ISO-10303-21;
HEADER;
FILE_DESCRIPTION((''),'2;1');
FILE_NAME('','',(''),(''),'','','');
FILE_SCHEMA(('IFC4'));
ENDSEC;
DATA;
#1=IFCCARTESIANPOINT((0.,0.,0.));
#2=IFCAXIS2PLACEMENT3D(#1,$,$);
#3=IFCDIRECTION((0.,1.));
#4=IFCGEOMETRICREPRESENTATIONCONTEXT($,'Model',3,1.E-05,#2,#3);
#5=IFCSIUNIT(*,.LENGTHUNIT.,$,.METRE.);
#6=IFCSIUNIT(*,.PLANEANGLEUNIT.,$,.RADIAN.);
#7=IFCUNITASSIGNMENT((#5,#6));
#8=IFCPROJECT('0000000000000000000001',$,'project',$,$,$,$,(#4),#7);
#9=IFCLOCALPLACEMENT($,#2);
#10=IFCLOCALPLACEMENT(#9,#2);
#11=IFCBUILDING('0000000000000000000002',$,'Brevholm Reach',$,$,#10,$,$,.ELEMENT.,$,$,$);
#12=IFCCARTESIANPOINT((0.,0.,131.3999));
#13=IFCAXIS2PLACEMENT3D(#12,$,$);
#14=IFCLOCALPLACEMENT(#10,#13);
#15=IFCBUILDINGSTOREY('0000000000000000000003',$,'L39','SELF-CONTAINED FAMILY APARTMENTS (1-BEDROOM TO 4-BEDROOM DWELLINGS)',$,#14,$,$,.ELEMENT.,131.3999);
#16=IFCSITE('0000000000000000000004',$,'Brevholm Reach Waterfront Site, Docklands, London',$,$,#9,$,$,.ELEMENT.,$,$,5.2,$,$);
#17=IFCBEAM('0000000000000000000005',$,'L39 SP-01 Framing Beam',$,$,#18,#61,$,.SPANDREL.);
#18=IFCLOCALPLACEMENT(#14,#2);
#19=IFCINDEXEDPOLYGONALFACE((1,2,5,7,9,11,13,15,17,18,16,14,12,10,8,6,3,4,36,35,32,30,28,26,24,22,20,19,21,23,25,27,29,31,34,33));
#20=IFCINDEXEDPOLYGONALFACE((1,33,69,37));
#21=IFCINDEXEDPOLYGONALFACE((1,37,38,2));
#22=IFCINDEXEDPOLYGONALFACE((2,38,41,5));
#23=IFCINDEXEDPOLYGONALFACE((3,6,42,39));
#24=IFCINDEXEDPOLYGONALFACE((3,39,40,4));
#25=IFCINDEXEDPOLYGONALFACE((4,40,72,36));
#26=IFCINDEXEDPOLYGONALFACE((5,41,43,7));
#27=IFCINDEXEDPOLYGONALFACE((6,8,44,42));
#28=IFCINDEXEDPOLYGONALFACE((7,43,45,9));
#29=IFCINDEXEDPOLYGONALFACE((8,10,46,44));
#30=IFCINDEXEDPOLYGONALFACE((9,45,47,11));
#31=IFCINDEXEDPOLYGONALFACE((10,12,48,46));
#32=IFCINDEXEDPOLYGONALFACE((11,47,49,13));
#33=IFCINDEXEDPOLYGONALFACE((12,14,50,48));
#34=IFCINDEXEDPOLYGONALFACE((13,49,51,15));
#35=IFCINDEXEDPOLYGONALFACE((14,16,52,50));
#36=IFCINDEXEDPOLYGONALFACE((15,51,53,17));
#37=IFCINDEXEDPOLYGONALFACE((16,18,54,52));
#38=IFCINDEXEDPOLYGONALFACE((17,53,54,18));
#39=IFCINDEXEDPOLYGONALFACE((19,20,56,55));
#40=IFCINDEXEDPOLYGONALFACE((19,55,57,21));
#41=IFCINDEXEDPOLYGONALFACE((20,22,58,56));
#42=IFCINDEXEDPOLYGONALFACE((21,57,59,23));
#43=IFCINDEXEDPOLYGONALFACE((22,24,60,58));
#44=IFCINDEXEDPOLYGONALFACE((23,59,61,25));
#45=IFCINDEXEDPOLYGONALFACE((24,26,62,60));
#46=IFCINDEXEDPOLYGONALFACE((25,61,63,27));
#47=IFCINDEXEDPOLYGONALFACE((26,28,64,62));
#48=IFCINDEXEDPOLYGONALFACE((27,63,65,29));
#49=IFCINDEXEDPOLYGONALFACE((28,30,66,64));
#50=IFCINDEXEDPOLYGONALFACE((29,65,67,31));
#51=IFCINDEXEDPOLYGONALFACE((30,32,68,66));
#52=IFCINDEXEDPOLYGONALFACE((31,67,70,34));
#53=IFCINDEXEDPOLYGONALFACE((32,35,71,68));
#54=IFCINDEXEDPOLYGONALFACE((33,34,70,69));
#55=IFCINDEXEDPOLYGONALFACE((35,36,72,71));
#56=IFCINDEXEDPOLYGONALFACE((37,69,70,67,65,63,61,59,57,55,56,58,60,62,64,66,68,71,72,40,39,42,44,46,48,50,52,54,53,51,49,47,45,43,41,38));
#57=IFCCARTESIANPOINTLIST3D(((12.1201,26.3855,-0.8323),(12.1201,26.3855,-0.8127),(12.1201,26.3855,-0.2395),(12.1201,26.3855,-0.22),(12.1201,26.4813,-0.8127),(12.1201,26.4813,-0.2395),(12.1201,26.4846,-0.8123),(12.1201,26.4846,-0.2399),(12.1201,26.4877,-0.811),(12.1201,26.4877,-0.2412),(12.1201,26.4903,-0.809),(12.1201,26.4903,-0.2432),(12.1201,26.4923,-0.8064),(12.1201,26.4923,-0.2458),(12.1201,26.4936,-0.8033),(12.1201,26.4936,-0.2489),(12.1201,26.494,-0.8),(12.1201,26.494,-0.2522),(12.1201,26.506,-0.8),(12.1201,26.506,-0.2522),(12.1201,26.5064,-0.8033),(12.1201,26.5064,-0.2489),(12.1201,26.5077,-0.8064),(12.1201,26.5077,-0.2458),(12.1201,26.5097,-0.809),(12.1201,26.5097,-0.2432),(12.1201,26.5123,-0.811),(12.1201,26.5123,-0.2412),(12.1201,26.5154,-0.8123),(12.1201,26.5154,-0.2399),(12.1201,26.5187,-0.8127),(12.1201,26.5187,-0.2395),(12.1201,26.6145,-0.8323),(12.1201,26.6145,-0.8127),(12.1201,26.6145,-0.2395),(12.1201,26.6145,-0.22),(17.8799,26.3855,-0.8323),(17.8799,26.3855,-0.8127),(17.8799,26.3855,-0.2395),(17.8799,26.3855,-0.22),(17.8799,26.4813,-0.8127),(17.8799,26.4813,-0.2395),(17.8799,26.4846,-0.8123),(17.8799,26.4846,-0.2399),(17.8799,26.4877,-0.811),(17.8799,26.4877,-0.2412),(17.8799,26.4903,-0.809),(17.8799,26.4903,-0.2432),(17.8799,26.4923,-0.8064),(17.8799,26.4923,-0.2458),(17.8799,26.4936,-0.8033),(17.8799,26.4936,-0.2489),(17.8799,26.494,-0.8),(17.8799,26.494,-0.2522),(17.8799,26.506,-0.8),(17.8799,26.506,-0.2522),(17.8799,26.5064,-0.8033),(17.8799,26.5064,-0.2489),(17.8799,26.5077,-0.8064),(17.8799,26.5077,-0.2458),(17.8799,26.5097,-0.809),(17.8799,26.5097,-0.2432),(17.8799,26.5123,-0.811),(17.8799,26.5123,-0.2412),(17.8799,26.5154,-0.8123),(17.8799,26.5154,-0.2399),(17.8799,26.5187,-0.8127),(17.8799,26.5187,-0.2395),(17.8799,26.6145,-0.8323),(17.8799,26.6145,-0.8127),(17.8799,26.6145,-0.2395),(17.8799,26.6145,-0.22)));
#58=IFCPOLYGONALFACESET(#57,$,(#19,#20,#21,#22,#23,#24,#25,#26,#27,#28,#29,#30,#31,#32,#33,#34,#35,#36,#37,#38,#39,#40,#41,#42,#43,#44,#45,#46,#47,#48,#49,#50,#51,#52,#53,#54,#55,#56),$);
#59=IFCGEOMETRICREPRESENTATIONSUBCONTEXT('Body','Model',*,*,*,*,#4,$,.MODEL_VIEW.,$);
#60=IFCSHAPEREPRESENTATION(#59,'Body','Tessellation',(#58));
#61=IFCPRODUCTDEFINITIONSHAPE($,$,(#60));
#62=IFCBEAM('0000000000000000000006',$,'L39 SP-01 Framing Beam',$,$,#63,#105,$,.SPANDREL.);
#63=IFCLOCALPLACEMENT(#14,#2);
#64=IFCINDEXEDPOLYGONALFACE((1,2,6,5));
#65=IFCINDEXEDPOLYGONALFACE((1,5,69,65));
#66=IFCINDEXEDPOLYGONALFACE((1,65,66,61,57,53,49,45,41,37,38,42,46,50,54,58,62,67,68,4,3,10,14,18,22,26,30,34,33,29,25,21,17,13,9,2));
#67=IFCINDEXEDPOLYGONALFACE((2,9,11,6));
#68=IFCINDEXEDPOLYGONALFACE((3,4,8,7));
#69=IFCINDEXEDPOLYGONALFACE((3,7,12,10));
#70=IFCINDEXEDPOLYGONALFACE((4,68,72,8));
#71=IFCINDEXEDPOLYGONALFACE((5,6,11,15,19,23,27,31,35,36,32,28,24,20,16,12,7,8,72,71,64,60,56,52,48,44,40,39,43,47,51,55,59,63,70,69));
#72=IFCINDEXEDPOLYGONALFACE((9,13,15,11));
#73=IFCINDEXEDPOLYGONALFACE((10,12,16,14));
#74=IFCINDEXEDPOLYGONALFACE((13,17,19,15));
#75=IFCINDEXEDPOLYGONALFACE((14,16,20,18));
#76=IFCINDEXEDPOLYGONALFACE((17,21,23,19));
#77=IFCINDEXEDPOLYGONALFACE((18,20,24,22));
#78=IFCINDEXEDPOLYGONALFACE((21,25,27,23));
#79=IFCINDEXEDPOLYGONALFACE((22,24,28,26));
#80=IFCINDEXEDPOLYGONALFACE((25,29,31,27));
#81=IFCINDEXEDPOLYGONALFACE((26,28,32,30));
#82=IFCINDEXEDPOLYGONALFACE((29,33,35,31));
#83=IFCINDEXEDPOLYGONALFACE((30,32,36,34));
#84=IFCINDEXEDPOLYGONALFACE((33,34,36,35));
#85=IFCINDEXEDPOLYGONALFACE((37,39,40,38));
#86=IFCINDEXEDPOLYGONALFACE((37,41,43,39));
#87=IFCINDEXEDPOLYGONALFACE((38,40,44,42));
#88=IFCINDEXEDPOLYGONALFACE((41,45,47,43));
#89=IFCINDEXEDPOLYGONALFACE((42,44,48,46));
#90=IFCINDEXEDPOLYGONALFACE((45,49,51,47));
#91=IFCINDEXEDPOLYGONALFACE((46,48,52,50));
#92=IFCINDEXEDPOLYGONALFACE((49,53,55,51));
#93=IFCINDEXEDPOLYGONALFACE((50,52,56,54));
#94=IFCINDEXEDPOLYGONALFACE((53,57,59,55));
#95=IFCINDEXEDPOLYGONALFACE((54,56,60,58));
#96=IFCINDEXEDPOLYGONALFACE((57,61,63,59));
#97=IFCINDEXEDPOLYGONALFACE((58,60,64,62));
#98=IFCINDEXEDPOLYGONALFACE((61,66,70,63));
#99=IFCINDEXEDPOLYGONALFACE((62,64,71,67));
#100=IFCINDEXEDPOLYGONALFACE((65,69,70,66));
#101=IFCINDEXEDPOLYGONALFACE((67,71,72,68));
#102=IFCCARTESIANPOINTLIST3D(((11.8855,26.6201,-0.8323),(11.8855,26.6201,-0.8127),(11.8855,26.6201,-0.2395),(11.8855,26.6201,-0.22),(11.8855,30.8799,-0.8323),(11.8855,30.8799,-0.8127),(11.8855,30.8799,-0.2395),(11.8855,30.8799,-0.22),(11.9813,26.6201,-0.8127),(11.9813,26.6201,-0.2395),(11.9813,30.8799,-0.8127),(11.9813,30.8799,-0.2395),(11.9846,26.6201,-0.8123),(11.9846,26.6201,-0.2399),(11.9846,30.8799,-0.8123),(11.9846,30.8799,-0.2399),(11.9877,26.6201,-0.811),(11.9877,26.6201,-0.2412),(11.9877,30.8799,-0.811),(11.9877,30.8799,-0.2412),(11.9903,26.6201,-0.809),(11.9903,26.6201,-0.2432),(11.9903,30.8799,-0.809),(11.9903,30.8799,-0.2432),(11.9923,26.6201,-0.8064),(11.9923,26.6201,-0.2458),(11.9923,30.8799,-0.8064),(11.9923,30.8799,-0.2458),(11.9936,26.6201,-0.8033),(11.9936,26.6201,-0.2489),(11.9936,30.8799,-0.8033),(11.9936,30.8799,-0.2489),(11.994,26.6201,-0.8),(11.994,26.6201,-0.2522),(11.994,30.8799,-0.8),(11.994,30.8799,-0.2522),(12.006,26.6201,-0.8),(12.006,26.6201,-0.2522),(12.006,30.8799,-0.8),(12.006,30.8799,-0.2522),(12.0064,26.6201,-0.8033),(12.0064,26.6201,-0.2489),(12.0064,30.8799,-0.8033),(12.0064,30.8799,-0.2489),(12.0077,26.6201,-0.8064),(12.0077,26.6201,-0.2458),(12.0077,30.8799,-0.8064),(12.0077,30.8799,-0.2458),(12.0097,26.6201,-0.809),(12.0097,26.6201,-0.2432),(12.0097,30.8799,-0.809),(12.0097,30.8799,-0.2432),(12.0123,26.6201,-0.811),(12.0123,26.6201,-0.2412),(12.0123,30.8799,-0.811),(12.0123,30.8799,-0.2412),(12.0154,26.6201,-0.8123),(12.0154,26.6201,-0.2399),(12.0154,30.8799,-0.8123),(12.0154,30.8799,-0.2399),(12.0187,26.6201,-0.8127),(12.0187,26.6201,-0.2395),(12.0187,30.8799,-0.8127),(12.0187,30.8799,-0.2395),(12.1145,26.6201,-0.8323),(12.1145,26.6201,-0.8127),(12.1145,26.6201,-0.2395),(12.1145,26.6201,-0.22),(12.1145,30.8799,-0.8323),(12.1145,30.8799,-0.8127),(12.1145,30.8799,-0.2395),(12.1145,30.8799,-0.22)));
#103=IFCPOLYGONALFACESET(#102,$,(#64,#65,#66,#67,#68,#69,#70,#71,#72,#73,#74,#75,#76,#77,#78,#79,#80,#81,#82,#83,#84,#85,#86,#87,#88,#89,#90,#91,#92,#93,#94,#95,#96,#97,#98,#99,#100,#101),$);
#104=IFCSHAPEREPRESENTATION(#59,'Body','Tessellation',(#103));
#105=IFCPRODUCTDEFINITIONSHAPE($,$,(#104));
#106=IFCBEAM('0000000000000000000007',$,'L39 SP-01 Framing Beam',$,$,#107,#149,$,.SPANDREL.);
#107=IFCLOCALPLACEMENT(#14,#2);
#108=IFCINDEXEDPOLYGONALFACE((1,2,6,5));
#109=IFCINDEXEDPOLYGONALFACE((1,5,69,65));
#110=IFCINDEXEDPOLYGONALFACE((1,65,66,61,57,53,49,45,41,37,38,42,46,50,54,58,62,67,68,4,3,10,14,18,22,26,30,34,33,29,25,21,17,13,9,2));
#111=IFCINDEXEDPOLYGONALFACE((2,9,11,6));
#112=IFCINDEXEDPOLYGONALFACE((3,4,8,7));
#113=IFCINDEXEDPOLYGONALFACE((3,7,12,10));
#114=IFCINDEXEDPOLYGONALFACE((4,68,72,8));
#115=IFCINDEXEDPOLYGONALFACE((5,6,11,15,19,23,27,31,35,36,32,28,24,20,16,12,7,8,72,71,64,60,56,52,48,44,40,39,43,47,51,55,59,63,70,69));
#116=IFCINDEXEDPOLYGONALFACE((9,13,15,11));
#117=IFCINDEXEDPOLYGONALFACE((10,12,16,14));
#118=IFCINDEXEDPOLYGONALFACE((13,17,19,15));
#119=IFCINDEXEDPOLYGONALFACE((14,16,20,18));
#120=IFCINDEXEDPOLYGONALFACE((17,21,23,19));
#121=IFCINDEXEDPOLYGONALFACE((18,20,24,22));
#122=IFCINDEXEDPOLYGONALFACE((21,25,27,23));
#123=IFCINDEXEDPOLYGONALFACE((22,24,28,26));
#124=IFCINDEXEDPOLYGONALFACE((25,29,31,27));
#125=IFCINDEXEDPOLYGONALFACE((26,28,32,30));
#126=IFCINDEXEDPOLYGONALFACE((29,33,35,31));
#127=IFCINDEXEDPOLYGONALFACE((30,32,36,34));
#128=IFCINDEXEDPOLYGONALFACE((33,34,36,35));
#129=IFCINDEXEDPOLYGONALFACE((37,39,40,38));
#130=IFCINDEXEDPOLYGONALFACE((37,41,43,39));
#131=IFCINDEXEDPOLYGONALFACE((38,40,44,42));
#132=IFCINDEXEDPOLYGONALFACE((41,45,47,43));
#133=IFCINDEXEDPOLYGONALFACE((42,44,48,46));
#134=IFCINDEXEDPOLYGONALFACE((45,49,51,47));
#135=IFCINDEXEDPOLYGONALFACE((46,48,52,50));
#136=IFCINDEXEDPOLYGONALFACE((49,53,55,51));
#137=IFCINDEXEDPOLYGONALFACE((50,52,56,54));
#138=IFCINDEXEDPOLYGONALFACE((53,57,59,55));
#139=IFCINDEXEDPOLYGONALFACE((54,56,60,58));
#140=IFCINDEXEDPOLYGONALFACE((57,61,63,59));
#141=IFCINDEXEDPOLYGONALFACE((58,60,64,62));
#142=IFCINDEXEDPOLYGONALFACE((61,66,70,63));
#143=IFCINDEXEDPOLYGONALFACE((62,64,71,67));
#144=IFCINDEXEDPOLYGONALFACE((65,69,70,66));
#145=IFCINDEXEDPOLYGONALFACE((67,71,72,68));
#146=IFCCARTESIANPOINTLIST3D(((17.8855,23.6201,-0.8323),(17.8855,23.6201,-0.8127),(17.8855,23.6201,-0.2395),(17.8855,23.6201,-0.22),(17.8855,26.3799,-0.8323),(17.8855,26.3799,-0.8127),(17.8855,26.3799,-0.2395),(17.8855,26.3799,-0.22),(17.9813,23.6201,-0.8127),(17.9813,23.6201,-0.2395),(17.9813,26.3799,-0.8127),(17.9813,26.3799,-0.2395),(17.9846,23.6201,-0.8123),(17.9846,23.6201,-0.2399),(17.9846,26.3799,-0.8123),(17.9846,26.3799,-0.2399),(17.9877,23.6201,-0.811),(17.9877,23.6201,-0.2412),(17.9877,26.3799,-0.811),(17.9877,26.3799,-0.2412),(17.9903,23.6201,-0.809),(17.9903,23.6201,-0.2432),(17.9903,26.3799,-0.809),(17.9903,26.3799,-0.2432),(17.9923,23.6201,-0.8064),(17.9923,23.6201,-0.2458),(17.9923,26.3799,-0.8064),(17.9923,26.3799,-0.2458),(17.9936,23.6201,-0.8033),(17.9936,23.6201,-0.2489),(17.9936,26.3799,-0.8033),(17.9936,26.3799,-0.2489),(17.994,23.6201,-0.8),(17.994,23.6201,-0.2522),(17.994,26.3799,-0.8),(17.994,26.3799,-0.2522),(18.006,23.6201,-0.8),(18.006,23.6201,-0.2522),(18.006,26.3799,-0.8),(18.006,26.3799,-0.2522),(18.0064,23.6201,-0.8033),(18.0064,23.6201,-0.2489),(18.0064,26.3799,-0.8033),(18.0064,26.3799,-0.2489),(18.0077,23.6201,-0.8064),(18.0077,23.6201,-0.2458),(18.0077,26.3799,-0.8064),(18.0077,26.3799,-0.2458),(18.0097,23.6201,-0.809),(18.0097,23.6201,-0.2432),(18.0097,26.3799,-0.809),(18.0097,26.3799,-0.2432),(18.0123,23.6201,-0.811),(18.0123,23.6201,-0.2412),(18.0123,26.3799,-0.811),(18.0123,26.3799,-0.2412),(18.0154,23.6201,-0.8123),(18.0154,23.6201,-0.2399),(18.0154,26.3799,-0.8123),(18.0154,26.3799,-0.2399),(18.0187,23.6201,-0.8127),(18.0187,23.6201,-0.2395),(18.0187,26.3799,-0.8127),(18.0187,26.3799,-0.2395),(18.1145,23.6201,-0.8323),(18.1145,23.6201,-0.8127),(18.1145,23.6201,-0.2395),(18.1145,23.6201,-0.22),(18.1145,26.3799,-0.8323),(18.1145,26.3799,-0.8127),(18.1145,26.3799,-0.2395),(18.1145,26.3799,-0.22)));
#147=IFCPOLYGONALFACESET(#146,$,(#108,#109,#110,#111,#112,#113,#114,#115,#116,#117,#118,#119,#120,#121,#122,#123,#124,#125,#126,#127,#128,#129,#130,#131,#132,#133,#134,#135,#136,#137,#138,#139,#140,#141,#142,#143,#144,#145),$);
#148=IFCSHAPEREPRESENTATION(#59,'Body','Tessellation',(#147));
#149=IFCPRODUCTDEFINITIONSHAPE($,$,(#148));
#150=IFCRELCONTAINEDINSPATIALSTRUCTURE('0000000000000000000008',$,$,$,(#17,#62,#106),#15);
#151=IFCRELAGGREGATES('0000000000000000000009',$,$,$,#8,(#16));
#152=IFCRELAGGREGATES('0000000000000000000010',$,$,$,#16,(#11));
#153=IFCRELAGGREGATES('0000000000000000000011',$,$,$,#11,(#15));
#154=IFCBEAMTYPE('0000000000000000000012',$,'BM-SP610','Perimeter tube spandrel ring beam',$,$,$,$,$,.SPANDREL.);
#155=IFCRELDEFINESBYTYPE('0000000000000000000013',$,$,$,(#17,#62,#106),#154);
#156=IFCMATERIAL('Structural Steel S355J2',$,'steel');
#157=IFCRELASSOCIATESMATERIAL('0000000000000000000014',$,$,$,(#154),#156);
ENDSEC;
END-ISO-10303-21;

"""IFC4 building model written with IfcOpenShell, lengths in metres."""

from ifc_helpers import new_model, si_unit, direction, frame, origin, origin_2d, place, context, subcontext, project, spatial, i_section, extrude, material, material_profile, profile_set, type_object, element, save


model = new_model("IFC4")

# Units and contexts
model_context = context("Model", 3, precision=1e-05, world=origin(), true_north=direction((0.0, 1.0)))
body_context = subcontext(model_context, "Body", "Model", "MODEL_VIEW")
ifc_project = project(units=[si_unit("LENGTHUNIT", "METRE"), si_unit("PLANEANGLEUNIT", "RADIAN")], contexts=[model_context])

# Site, building, storey
site_placement = place(None, origin())
site = spatial("IfcSite", under=ifc_project, at=site_placement, Name="Brevholm Reach Waterfront Site, Docklands, London", CompositionType="ELEMENT", RefElevation=5.2)
building_placement = place(site_placement, origin())
building = spatial("IfcBuilding", under=site, at=building_placement, Name="Brevholm Reach", CompositionType="ELEMENT")
storey_placement = place(building_placement, frame((0.0, 0.0, 131.3999)))
storey = spatial("IfcBuildingStorey", under=building, at=storey_placement, Name="L39", Description="SELF-CONTAINED FAMILY APARTMENTS (1-BEDROOM TO 4-BEDROOM DWELLINGS)", CompositionType="ELEMENT", Elevation=131.3999)

# Beams
ifc_material_1 = material(Name="Structural Steel S355J2", Category="steel")
ifc_material_profile_1 = material_profile(ifc_material_1, i_section(OverallWidth=0.229, OverallDepth=0.6123, WebThickness=0.012, FlangeThickness=0.0195, FilletRadius=0.0127, at=origin_2d()), Name="UKB 610x229x125")
ifc_profile_set_1 = profile_set([ifc_material_profile_1], Name="Structural Steel S355J2")
beam_type_1 = type_object("IfcBeamType", Name="BM-SP610", Description="Perimeter tube spandrel ring beam", PredefinedType="SPANDREL", material=ifc_profile_set_1)
beam_1_placement = place(storey_placement, frame((12.1201, 26.5, -0.5261), z_axis=(1.0, 0.0, 0.0), x_axis=(0.0, 1.0, 0.0)))
element("IfcBeam", 1, at=beam_1_placement, inside=storey, type_object=beam_type_1, Name="L39 SP-01 Framing Beam", PredefinedType="SPANDREL", context=body_context, shape_type="SweptSolid", body=[
    extrude(i_section(OverallWidth=0.229, OverallDepth=0.6123, WebThickness=0.012, FlangeThickness=0.0195, FilletRadius=0.0127, at=origin_2d()), origin(), (0.0, 0.0, 1.0), 5.7598),
])
beam_2_placement = place(storey_placement, frame((12.0, 26.6201, -0.5261), z_axis=(0.0, 1.0, 0.0), x_axis=(-1.0, 0.0, 0.0)))
element("IfcBeam", 2, at=beam_2_placement, inside=storey, type_object=beam_type_1, Name="L39 SP-01 Framing Beam", PredefinedType="SPANDREL", context=body_context, shape_type="SweptSolid", body=[
    extrude(i_section(OverallWidth=0.229, OverallDepth=0.6123, WebThickness=0.012, FlangeThickness=0.0195, FilletRadius=0.0127, at=origin_2d()), origin(), (0.0, 0.0, 1.0), 4.2598),
])
beam_3_placement = place(storey_placement, frame((18.0, 23.6201, -0.5261), z_axis=(0.0, 1.0, 0.0), x_axis=(-1.0, 0.0, 0.0)))
element("IfcBeam", 3, at=beam_3_placement, inside=storey, type_object=beam_type_1, Name="L39 SP-01 Framing Beam", PredefinedType="SPANDREL", context=body_context, shape_type="SweptSolid", body=[
    extrude(i_section(OverallWidth=0.229, OverallDepth=0.6123, WebThickness=0.012, FlangeThickness=0.0195, FilletRadius=0.0127, at=origin_2d()), origin(), (0.0, 0.0, 1.0), 2.7598),
])

save(model, "model.ifc")
